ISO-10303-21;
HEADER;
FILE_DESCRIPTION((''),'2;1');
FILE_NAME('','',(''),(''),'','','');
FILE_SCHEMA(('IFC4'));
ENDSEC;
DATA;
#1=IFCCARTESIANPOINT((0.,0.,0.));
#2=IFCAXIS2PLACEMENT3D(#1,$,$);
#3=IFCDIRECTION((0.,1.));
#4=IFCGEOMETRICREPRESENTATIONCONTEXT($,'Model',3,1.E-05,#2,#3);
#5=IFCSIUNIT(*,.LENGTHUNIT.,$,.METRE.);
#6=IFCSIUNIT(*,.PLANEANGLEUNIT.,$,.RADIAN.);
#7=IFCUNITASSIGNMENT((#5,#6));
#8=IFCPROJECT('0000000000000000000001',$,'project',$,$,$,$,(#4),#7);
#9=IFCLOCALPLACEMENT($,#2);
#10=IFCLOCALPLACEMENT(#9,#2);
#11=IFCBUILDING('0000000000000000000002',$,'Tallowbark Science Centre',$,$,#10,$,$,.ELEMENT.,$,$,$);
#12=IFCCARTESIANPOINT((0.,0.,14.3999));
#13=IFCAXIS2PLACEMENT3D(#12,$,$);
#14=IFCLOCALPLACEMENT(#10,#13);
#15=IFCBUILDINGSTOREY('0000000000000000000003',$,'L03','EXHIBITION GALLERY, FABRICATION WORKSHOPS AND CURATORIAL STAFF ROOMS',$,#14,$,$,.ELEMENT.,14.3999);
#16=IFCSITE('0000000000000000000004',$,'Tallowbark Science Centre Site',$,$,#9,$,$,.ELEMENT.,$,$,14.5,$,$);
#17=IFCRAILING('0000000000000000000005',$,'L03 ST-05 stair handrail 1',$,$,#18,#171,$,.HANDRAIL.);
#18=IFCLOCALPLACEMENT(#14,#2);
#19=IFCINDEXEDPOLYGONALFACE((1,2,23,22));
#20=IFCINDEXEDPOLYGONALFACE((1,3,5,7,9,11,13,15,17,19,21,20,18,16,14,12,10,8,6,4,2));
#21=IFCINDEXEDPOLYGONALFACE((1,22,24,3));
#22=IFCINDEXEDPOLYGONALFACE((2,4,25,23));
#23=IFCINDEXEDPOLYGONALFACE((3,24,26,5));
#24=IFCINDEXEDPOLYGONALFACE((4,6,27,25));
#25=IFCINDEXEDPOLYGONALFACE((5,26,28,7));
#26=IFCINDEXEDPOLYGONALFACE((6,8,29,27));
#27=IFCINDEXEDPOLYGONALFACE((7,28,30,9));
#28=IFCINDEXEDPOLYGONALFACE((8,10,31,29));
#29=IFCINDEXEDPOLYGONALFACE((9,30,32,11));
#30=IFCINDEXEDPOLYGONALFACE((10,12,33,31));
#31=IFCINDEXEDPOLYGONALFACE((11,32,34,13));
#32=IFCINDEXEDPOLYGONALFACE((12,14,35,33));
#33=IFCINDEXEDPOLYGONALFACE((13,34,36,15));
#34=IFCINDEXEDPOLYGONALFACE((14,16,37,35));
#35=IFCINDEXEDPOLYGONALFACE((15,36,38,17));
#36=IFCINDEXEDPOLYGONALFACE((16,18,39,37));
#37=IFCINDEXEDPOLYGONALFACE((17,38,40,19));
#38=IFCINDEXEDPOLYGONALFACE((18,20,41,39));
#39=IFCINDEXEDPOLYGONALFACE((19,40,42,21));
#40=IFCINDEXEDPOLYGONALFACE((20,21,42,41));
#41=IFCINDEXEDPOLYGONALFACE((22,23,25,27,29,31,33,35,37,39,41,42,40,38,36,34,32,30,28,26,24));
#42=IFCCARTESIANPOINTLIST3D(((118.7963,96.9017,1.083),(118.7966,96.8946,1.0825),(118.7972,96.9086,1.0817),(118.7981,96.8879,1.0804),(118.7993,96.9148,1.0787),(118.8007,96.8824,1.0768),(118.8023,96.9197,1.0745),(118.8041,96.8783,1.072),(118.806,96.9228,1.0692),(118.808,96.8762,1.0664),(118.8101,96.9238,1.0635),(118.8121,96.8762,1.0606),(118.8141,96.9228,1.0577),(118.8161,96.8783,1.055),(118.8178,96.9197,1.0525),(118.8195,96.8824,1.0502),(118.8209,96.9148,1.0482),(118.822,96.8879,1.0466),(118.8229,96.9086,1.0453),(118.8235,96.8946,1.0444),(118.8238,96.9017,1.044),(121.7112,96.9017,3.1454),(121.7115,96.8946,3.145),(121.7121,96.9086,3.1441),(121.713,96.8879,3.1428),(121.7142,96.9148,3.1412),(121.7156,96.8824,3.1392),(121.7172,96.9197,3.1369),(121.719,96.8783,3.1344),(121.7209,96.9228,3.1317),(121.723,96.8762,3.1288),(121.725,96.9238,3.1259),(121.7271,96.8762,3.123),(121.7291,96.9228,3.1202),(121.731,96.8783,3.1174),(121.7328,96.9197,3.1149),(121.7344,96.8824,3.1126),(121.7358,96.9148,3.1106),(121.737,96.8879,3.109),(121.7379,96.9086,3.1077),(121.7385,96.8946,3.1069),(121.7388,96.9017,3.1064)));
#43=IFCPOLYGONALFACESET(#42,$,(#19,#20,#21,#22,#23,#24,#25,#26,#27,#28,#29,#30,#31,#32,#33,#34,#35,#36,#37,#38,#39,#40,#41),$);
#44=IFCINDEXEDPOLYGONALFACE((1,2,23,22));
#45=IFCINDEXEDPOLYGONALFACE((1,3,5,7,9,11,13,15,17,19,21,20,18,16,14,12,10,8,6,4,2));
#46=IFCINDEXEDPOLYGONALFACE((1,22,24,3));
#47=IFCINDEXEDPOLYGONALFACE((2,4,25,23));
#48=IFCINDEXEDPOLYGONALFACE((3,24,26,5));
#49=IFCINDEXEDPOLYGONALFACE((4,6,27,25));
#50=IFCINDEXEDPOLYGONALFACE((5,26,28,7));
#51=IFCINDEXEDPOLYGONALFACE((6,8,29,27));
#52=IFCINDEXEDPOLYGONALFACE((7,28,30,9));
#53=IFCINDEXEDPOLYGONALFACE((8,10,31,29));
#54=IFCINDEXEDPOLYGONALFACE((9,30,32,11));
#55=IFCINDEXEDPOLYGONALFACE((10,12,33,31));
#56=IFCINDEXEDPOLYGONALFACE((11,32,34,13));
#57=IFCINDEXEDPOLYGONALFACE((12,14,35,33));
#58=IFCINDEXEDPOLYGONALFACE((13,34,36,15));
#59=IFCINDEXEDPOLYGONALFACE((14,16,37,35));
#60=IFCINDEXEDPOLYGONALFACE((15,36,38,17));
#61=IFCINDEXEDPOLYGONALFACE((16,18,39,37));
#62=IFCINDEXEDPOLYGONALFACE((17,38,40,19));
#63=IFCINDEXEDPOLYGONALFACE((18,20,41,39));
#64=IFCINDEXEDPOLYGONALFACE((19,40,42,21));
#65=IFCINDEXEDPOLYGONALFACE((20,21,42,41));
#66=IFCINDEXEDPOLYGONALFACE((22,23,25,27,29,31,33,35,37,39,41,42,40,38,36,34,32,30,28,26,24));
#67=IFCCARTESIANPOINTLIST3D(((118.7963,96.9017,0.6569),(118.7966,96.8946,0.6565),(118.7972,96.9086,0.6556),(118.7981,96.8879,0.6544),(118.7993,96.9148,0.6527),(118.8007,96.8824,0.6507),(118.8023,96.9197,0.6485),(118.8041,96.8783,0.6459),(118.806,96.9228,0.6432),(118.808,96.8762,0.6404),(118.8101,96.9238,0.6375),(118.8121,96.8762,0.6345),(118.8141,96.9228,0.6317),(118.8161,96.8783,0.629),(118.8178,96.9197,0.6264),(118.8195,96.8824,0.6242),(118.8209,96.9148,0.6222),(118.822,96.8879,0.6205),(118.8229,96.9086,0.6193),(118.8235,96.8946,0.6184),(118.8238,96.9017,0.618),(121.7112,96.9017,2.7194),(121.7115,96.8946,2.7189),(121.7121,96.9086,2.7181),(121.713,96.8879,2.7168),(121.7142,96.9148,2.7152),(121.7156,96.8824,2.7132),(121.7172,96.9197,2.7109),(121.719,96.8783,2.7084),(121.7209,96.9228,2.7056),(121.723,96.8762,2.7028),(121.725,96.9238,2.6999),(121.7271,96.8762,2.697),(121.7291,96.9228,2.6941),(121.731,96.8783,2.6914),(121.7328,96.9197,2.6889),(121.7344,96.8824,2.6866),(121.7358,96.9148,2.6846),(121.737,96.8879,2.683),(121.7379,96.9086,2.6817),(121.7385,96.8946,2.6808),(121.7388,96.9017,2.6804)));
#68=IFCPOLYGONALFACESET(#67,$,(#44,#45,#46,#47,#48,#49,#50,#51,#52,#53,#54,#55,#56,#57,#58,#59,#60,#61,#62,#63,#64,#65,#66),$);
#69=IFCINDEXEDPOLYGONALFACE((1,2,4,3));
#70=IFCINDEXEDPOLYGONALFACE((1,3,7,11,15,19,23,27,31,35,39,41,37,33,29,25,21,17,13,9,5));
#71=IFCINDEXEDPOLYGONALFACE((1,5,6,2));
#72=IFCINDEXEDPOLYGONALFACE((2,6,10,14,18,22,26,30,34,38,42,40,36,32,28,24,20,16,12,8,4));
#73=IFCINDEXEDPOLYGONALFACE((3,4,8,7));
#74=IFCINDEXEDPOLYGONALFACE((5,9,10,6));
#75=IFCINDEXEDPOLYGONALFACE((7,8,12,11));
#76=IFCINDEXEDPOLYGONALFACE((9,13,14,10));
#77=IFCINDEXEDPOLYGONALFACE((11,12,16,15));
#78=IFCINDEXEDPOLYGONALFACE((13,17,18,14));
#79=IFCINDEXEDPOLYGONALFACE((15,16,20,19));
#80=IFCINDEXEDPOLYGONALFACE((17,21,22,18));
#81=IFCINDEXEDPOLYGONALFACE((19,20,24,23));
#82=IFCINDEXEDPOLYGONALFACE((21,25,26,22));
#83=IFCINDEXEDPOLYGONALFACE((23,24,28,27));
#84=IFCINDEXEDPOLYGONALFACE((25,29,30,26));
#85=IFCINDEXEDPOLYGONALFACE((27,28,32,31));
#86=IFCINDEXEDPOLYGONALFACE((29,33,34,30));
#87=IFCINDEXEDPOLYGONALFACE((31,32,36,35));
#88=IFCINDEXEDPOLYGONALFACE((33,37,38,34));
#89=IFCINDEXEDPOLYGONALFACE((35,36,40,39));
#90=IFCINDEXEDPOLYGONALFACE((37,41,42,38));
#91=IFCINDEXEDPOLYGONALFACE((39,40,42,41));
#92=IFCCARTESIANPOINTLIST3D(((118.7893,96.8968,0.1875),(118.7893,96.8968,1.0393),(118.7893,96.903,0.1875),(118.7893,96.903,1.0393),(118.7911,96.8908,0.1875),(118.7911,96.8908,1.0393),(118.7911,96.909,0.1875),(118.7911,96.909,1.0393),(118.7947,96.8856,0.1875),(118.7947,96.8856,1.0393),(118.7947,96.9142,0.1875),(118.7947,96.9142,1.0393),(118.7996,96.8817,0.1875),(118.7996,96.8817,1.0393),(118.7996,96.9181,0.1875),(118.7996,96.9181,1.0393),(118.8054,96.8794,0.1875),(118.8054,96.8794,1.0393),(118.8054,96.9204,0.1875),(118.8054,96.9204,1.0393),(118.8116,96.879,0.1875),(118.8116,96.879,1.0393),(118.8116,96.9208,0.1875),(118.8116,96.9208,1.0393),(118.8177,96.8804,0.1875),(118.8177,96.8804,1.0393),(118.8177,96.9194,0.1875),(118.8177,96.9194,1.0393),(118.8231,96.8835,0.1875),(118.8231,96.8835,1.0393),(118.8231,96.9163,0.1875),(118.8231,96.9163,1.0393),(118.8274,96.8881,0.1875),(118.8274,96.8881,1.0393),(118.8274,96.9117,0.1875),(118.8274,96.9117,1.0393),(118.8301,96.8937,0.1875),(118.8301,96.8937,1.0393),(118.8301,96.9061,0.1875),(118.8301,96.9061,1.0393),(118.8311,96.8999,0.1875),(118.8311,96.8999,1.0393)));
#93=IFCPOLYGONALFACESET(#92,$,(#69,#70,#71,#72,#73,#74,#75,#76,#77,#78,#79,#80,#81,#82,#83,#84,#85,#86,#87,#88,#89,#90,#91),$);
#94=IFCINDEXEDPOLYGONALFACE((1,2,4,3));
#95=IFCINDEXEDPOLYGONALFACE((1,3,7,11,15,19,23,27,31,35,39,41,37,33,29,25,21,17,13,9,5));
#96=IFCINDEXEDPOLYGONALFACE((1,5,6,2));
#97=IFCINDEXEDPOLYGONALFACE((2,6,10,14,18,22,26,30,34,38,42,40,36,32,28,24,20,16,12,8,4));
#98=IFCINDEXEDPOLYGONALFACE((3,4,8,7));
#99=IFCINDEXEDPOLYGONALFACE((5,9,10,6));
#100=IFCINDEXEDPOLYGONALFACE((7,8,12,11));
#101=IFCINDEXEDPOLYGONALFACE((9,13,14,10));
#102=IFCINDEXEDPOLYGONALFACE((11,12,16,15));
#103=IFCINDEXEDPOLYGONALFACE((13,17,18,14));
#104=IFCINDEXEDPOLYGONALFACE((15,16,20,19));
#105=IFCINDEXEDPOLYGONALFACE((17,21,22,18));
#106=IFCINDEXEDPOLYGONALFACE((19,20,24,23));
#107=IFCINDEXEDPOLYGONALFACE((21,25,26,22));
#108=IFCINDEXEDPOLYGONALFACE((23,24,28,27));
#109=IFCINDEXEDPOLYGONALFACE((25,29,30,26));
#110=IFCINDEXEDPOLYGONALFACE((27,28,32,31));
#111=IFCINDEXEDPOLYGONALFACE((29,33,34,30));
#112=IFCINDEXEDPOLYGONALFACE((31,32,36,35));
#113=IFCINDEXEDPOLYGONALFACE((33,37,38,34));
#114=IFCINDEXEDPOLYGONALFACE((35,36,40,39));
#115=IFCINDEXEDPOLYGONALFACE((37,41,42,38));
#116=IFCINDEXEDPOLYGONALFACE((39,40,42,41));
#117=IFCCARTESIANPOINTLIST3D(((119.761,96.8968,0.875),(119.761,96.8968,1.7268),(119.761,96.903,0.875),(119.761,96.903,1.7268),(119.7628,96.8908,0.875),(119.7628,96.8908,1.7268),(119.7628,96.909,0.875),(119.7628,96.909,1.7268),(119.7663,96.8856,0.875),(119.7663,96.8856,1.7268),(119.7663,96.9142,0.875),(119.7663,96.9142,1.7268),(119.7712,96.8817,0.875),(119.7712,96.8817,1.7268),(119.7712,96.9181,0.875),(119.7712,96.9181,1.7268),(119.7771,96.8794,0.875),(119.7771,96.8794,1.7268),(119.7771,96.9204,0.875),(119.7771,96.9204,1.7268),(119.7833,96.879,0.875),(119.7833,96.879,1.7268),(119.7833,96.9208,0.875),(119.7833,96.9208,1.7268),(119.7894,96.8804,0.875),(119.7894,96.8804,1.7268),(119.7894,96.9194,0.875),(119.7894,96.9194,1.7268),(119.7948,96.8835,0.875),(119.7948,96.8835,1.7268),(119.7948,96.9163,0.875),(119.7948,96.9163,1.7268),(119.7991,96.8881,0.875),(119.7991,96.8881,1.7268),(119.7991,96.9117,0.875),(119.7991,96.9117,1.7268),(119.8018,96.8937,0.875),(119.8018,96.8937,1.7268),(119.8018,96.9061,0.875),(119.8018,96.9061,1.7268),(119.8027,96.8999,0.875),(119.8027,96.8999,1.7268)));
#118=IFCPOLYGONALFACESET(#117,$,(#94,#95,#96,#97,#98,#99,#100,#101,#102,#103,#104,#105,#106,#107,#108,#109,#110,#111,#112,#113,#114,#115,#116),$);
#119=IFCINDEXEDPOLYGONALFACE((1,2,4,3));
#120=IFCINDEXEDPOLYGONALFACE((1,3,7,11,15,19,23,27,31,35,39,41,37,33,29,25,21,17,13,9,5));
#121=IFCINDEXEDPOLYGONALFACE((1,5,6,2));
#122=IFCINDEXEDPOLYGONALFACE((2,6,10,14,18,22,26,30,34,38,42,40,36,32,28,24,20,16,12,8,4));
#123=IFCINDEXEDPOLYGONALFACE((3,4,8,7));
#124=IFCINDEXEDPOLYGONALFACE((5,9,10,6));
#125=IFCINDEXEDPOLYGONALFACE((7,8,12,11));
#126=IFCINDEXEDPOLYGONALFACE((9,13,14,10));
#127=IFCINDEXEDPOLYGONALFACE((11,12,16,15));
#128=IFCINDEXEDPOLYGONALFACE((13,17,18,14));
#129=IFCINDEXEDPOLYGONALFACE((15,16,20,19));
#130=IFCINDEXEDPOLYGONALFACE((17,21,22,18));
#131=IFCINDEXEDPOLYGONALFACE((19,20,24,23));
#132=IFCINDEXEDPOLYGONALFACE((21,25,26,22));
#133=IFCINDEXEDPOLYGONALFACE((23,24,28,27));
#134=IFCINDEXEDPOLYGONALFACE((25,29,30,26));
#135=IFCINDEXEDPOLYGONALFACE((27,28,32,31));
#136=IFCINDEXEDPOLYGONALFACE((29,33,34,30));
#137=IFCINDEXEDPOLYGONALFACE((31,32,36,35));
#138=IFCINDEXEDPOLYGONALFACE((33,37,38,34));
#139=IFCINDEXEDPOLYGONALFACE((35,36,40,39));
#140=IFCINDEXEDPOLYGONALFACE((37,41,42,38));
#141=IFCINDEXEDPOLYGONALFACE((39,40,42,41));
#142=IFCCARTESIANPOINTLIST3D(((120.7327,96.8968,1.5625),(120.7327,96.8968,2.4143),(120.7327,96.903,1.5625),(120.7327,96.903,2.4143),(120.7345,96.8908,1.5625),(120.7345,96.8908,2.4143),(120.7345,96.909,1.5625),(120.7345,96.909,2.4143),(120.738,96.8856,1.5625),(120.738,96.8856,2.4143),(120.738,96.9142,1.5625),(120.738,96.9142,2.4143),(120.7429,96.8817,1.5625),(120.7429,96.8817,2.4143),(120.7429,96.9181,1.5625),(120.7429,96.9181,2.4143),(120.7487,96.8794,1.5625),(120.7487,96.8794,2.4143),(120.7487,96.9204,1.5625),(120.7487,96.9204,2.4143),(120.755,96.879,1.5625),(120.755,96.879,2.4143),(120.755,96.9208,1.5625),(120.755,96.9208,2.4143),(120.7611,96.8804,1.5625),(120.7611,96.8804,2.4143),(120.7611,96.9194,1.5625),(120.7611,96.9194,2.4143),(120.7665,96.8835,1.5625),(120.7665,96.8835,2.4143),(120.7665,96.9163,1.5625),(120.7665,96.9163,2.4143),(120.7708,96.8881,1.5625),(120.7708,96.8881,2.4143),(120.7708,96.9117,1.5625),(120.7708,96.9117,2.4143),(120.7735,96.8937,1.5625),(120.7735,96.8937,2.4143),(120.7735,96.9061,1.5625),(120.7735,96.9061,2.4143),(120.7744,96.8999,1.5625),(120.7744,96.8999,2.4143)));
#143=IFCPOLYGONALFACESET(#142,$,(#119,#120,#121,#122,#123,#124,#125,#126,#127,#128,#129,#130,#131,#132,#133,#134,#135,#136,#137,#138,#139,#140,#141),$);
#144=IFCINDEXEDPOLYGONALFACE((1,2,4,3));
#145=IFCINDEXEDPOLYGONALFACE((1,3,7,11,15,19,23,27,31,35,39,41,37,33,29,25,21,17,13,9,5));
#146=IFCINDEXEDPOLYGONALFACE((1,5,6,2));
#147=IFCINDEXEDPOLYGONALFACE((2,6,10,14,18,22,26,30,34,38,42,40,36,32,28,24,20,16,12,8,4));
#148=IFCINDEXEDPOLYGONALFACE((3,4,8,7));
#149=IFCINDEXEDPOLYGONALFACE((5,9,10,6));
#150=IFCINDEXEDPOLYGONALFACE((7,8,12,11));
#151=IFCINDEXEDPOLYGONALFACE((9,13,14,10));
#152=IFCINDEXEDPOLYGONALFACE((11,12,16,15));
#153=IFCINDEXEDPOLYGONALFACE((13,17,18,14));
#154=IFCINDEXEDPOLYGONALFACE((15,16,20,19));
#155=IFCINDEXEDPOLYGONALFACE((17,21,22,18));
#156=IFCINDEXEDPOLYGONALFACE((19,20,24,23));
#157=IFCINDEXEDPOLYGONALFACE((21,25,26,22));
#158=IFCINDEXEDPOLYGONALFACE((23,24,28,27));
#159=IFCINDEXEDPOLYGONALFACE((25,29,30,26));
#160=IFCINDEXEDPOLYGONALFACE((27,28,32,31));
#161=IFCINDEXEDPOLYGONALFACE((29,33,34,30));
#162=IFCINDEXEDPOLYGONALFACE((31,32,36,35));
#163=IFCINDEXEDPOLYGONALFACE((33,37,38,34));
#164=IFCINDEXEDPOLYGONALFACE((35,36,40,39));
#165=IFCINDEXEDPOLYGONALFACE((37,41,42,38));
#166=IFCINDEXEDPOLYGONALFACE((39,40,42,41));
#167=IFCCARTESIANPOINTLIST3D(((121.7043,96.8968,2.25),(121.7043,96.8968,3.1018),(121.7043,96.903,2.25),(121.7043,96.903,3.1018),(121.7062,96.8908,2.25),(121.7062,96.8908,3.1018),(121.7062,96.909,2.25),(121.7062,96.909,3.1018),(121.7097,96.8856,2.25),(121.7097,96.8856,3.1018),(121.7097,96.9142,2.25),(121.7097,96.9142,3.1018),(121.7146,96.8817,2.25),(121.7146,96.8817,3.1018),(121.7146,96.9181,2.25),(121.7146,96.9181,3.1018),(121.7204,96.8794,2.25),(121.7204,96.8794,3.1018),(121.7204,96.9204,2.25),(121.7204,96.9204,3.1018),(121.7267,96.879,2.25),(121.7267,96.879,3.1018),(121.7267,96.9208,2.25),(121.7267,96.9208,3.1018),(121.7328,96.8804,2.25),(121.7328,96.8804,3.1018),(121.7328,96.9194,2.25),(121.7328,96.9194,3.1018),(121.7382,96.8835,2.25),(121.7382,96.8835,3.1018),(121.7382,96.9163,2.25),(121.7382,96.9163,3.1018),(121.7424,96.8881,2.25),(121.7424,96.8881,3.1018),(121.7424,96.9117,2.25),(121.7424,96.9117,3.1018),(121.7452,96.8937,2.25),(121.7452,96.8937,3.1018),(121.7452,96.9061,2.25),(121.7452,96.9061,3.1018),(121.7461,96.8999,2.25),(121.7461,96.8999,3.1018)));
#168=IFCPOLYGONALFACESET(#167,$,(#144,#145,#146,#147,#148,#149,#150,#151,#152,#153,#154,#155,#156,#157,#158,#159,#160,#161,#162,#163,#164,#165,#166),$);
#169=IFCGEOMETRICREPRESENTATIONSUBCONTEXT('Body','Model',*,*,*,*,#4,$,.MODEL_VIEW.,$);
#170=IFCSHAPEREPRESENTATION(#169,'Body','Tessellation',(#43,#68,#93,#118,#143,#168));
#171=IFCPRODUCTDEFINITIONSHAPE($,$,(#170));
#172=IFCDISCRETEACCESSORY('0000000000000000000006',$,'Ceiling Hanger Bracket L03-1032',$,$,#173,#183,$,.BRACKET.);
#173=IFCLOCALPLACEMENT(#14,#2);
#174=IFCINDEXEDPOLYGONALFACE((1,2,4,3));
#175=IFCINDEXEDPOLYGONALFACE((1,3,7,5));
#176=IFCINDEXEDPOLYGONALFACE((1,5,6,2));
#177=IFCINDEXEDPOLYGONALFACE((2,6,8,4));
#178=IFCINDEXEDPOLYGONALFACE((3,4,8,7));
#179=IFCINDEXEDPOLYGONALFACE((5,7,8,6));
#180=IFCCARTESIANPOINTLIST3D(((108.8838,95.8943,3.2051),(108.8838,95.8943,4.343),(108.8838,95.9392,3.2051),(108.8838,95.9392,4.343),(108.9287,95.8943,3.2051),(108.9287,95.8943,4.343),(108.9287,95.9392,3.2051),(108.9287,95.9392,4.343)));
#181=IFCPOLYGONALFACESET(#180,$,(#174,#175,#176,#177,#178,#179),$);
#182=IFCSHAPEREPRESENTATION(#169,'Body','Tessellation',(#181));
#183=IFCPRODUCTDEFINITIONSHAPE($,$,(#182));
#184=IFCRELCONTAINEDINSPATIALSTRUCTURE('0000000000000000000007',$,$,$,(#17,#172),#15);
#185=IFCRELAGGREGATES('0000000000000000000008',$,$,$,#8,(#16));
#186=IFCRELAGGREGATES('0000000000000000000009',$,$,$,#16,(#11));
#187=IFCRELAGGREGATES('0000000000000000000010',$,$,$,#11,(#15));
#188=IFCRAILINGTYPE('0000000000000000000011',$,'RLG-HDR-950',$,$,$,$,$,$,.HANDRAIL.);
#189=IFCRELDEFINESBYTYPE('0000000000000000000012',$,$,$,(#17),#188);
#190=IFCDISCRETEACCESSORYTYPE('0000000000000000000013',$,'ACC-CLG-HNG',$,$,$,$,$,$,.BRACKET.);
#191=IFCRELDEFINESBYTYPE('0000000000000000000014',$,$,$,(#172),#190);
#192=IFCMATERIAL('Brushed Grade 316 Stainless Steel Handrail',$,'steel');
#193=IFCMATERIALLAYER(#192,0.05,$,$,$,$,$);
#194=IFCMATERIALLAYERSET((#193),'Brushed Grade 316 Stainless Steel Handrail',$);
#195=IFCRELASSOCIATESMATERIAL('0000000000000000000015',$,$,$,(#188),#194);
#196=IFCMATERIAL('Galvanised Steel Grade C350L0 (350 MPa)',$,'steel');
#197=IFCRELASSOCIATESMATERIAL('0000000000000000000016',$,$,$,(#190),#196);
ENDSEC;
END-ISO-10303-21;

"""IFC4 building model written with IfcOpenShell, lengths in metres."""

from ifc_helpers import new_model, si_unit, direction, frame, origin, origin_2d, place, context, subcontext, project, spatial, rectangle, circle, extrude, material, layer, layer_set, type_object, element, save


model = new_model("IFC4")

# Units and contexts
model_context = context("Model", 3, precision=1e-05, world=origin(), true_north=direction((0.0, 1.0)))
body_context = subcontext(model_context, "Body", "Model", "MODEL_VIEW")
ifc_project = project(units=[si_unit("LENGTHUNIT", "METRE"), si_unit("PLANEANGLEUNIT", "RADIAN")], contexts=[model_context])

# Site, building, storey
site_placement = place(None, origin())
site = spatial("IfcSite", under=ifc_project, at=site_placement, Name="Tallowbark Science Centre Site", CompositionType="ELEMENT", RefElevation=14.5)
building_placement = place(site_placement, origin())
building = spatial("IfcBuilding", under=site, at=building_placement, Name="Tallowbark Science Centre", CompositionType="ELEMENT")
storey_placement = place(building_placement, frame((0.0, 0.0, 14.3999)))
storey = spatial("IfcBuildingStorey", under=building, at=storey_placement, Name="L03", Description="EXHIBITION GALLERY, FABRICATION WORKSHOPS AND CURATORIAL STAFF ROOMS", CompositionType="ELEMENT", Elevation=14.3999)

# Railing
ifc_material_1 = material(Name="Brushed Grade 316 Stainless Steel Handrail", Category="steel")
ifc_layer_1 = layer(ifc_material_1, 0.05)
ifc_layer_set_1 = layer_set([ifc_layer_1], Name="Brushed Grade 316 Stainless Steel Handrail")
railing_type_1 = type_object("IfcRailingType", Name="RLG-HDR-950", PredefinedType="HANDRAIL", material=ifc_layer_set_1)
railing_1_placement = place(storey_placement, frame((118.8101, 96.8999, 0.1875)))
element("IfcRailing", 1, at=railing_1_placement, inside=storey, type_object=railing_type_1, Name="L03 ST-05 stair handrail 1", PredefinedType="HANDRAIL", context=body_context, shape_type="SweptSolid", body=[
    extrude(circle(Radius=0.0239, at=origin_2d()), frame((0.0, 0.0, 0.876), z_axis=(0.816331, 0.0, 0.577585), x_axis=(0.0, 1.0, 0.0)), (0.0, 0.0, 1.0), 3.5708),
    extrude(circle(Radius=0.0239, at=origin_2d()), frame((0.0, 0.0, 0.45), z_axis=(0.816331, 0.0, 0.577585), x_axis=(0.0, 1.0, 0.0)), (0.0, 0.0, 1.0), 3.5708),
    extrude(circle(Radius=0.021, at=origin_2d()), origin(), (0.0, 0.0, 1.0), 0.8518),
    extrude(circle(Radius=0.021, at=origin_2d()), frame((0.9717, 0.0, 0.6875)), (0.0, 0.0, 1.0), 0.8518),
    extrude(circle(Radius=0.021, at=origin_2d()), frame((1.9434, 0.0, 1.375)), (0.0, 0.0, 1.0), 0.8518),
    extrude(circle(Radius=0.021, at=origin_2d()), frame((2.915, 0.0, 2.0625)), (0.0, 0.0, 1.0), 0.8518),
])

# Discrete accessory
ifc_material_2 = material(Name="Galvanised Steel Grade C350L0 (350 MPa)", Category="steel")
discrete_accessory_type = type_object("IfcDiscreteAccessoryType", Name="ACC-CLG-HNG", PredefinedType="BRACKET", material=ifc_material_2)
discrete_accessory_placement = place(storey_placement, frame((108.9062, 95.9167, 3.2051), z_axis=(0.0, 0.0, 1.0), x_axis=(1.0, 0.0, 0.0)))
element("IfcDiscreteAccessory", 2, at=discrete_accessory_placement, inside=storey, type_object=discrete_accessory_type, Name="Ceiling Hanger Bracket L03-1032", PredefinedType="BRACKET", context=body_context, shape_type="SweptSolid", body=[
    extrude(rectangle(XDim=0.0449, YDim=0.0449, at=origin_2d()), origin(), (0.0, 0.0, 1.0), 1.1379),
])

save(model, "model.ifc")
